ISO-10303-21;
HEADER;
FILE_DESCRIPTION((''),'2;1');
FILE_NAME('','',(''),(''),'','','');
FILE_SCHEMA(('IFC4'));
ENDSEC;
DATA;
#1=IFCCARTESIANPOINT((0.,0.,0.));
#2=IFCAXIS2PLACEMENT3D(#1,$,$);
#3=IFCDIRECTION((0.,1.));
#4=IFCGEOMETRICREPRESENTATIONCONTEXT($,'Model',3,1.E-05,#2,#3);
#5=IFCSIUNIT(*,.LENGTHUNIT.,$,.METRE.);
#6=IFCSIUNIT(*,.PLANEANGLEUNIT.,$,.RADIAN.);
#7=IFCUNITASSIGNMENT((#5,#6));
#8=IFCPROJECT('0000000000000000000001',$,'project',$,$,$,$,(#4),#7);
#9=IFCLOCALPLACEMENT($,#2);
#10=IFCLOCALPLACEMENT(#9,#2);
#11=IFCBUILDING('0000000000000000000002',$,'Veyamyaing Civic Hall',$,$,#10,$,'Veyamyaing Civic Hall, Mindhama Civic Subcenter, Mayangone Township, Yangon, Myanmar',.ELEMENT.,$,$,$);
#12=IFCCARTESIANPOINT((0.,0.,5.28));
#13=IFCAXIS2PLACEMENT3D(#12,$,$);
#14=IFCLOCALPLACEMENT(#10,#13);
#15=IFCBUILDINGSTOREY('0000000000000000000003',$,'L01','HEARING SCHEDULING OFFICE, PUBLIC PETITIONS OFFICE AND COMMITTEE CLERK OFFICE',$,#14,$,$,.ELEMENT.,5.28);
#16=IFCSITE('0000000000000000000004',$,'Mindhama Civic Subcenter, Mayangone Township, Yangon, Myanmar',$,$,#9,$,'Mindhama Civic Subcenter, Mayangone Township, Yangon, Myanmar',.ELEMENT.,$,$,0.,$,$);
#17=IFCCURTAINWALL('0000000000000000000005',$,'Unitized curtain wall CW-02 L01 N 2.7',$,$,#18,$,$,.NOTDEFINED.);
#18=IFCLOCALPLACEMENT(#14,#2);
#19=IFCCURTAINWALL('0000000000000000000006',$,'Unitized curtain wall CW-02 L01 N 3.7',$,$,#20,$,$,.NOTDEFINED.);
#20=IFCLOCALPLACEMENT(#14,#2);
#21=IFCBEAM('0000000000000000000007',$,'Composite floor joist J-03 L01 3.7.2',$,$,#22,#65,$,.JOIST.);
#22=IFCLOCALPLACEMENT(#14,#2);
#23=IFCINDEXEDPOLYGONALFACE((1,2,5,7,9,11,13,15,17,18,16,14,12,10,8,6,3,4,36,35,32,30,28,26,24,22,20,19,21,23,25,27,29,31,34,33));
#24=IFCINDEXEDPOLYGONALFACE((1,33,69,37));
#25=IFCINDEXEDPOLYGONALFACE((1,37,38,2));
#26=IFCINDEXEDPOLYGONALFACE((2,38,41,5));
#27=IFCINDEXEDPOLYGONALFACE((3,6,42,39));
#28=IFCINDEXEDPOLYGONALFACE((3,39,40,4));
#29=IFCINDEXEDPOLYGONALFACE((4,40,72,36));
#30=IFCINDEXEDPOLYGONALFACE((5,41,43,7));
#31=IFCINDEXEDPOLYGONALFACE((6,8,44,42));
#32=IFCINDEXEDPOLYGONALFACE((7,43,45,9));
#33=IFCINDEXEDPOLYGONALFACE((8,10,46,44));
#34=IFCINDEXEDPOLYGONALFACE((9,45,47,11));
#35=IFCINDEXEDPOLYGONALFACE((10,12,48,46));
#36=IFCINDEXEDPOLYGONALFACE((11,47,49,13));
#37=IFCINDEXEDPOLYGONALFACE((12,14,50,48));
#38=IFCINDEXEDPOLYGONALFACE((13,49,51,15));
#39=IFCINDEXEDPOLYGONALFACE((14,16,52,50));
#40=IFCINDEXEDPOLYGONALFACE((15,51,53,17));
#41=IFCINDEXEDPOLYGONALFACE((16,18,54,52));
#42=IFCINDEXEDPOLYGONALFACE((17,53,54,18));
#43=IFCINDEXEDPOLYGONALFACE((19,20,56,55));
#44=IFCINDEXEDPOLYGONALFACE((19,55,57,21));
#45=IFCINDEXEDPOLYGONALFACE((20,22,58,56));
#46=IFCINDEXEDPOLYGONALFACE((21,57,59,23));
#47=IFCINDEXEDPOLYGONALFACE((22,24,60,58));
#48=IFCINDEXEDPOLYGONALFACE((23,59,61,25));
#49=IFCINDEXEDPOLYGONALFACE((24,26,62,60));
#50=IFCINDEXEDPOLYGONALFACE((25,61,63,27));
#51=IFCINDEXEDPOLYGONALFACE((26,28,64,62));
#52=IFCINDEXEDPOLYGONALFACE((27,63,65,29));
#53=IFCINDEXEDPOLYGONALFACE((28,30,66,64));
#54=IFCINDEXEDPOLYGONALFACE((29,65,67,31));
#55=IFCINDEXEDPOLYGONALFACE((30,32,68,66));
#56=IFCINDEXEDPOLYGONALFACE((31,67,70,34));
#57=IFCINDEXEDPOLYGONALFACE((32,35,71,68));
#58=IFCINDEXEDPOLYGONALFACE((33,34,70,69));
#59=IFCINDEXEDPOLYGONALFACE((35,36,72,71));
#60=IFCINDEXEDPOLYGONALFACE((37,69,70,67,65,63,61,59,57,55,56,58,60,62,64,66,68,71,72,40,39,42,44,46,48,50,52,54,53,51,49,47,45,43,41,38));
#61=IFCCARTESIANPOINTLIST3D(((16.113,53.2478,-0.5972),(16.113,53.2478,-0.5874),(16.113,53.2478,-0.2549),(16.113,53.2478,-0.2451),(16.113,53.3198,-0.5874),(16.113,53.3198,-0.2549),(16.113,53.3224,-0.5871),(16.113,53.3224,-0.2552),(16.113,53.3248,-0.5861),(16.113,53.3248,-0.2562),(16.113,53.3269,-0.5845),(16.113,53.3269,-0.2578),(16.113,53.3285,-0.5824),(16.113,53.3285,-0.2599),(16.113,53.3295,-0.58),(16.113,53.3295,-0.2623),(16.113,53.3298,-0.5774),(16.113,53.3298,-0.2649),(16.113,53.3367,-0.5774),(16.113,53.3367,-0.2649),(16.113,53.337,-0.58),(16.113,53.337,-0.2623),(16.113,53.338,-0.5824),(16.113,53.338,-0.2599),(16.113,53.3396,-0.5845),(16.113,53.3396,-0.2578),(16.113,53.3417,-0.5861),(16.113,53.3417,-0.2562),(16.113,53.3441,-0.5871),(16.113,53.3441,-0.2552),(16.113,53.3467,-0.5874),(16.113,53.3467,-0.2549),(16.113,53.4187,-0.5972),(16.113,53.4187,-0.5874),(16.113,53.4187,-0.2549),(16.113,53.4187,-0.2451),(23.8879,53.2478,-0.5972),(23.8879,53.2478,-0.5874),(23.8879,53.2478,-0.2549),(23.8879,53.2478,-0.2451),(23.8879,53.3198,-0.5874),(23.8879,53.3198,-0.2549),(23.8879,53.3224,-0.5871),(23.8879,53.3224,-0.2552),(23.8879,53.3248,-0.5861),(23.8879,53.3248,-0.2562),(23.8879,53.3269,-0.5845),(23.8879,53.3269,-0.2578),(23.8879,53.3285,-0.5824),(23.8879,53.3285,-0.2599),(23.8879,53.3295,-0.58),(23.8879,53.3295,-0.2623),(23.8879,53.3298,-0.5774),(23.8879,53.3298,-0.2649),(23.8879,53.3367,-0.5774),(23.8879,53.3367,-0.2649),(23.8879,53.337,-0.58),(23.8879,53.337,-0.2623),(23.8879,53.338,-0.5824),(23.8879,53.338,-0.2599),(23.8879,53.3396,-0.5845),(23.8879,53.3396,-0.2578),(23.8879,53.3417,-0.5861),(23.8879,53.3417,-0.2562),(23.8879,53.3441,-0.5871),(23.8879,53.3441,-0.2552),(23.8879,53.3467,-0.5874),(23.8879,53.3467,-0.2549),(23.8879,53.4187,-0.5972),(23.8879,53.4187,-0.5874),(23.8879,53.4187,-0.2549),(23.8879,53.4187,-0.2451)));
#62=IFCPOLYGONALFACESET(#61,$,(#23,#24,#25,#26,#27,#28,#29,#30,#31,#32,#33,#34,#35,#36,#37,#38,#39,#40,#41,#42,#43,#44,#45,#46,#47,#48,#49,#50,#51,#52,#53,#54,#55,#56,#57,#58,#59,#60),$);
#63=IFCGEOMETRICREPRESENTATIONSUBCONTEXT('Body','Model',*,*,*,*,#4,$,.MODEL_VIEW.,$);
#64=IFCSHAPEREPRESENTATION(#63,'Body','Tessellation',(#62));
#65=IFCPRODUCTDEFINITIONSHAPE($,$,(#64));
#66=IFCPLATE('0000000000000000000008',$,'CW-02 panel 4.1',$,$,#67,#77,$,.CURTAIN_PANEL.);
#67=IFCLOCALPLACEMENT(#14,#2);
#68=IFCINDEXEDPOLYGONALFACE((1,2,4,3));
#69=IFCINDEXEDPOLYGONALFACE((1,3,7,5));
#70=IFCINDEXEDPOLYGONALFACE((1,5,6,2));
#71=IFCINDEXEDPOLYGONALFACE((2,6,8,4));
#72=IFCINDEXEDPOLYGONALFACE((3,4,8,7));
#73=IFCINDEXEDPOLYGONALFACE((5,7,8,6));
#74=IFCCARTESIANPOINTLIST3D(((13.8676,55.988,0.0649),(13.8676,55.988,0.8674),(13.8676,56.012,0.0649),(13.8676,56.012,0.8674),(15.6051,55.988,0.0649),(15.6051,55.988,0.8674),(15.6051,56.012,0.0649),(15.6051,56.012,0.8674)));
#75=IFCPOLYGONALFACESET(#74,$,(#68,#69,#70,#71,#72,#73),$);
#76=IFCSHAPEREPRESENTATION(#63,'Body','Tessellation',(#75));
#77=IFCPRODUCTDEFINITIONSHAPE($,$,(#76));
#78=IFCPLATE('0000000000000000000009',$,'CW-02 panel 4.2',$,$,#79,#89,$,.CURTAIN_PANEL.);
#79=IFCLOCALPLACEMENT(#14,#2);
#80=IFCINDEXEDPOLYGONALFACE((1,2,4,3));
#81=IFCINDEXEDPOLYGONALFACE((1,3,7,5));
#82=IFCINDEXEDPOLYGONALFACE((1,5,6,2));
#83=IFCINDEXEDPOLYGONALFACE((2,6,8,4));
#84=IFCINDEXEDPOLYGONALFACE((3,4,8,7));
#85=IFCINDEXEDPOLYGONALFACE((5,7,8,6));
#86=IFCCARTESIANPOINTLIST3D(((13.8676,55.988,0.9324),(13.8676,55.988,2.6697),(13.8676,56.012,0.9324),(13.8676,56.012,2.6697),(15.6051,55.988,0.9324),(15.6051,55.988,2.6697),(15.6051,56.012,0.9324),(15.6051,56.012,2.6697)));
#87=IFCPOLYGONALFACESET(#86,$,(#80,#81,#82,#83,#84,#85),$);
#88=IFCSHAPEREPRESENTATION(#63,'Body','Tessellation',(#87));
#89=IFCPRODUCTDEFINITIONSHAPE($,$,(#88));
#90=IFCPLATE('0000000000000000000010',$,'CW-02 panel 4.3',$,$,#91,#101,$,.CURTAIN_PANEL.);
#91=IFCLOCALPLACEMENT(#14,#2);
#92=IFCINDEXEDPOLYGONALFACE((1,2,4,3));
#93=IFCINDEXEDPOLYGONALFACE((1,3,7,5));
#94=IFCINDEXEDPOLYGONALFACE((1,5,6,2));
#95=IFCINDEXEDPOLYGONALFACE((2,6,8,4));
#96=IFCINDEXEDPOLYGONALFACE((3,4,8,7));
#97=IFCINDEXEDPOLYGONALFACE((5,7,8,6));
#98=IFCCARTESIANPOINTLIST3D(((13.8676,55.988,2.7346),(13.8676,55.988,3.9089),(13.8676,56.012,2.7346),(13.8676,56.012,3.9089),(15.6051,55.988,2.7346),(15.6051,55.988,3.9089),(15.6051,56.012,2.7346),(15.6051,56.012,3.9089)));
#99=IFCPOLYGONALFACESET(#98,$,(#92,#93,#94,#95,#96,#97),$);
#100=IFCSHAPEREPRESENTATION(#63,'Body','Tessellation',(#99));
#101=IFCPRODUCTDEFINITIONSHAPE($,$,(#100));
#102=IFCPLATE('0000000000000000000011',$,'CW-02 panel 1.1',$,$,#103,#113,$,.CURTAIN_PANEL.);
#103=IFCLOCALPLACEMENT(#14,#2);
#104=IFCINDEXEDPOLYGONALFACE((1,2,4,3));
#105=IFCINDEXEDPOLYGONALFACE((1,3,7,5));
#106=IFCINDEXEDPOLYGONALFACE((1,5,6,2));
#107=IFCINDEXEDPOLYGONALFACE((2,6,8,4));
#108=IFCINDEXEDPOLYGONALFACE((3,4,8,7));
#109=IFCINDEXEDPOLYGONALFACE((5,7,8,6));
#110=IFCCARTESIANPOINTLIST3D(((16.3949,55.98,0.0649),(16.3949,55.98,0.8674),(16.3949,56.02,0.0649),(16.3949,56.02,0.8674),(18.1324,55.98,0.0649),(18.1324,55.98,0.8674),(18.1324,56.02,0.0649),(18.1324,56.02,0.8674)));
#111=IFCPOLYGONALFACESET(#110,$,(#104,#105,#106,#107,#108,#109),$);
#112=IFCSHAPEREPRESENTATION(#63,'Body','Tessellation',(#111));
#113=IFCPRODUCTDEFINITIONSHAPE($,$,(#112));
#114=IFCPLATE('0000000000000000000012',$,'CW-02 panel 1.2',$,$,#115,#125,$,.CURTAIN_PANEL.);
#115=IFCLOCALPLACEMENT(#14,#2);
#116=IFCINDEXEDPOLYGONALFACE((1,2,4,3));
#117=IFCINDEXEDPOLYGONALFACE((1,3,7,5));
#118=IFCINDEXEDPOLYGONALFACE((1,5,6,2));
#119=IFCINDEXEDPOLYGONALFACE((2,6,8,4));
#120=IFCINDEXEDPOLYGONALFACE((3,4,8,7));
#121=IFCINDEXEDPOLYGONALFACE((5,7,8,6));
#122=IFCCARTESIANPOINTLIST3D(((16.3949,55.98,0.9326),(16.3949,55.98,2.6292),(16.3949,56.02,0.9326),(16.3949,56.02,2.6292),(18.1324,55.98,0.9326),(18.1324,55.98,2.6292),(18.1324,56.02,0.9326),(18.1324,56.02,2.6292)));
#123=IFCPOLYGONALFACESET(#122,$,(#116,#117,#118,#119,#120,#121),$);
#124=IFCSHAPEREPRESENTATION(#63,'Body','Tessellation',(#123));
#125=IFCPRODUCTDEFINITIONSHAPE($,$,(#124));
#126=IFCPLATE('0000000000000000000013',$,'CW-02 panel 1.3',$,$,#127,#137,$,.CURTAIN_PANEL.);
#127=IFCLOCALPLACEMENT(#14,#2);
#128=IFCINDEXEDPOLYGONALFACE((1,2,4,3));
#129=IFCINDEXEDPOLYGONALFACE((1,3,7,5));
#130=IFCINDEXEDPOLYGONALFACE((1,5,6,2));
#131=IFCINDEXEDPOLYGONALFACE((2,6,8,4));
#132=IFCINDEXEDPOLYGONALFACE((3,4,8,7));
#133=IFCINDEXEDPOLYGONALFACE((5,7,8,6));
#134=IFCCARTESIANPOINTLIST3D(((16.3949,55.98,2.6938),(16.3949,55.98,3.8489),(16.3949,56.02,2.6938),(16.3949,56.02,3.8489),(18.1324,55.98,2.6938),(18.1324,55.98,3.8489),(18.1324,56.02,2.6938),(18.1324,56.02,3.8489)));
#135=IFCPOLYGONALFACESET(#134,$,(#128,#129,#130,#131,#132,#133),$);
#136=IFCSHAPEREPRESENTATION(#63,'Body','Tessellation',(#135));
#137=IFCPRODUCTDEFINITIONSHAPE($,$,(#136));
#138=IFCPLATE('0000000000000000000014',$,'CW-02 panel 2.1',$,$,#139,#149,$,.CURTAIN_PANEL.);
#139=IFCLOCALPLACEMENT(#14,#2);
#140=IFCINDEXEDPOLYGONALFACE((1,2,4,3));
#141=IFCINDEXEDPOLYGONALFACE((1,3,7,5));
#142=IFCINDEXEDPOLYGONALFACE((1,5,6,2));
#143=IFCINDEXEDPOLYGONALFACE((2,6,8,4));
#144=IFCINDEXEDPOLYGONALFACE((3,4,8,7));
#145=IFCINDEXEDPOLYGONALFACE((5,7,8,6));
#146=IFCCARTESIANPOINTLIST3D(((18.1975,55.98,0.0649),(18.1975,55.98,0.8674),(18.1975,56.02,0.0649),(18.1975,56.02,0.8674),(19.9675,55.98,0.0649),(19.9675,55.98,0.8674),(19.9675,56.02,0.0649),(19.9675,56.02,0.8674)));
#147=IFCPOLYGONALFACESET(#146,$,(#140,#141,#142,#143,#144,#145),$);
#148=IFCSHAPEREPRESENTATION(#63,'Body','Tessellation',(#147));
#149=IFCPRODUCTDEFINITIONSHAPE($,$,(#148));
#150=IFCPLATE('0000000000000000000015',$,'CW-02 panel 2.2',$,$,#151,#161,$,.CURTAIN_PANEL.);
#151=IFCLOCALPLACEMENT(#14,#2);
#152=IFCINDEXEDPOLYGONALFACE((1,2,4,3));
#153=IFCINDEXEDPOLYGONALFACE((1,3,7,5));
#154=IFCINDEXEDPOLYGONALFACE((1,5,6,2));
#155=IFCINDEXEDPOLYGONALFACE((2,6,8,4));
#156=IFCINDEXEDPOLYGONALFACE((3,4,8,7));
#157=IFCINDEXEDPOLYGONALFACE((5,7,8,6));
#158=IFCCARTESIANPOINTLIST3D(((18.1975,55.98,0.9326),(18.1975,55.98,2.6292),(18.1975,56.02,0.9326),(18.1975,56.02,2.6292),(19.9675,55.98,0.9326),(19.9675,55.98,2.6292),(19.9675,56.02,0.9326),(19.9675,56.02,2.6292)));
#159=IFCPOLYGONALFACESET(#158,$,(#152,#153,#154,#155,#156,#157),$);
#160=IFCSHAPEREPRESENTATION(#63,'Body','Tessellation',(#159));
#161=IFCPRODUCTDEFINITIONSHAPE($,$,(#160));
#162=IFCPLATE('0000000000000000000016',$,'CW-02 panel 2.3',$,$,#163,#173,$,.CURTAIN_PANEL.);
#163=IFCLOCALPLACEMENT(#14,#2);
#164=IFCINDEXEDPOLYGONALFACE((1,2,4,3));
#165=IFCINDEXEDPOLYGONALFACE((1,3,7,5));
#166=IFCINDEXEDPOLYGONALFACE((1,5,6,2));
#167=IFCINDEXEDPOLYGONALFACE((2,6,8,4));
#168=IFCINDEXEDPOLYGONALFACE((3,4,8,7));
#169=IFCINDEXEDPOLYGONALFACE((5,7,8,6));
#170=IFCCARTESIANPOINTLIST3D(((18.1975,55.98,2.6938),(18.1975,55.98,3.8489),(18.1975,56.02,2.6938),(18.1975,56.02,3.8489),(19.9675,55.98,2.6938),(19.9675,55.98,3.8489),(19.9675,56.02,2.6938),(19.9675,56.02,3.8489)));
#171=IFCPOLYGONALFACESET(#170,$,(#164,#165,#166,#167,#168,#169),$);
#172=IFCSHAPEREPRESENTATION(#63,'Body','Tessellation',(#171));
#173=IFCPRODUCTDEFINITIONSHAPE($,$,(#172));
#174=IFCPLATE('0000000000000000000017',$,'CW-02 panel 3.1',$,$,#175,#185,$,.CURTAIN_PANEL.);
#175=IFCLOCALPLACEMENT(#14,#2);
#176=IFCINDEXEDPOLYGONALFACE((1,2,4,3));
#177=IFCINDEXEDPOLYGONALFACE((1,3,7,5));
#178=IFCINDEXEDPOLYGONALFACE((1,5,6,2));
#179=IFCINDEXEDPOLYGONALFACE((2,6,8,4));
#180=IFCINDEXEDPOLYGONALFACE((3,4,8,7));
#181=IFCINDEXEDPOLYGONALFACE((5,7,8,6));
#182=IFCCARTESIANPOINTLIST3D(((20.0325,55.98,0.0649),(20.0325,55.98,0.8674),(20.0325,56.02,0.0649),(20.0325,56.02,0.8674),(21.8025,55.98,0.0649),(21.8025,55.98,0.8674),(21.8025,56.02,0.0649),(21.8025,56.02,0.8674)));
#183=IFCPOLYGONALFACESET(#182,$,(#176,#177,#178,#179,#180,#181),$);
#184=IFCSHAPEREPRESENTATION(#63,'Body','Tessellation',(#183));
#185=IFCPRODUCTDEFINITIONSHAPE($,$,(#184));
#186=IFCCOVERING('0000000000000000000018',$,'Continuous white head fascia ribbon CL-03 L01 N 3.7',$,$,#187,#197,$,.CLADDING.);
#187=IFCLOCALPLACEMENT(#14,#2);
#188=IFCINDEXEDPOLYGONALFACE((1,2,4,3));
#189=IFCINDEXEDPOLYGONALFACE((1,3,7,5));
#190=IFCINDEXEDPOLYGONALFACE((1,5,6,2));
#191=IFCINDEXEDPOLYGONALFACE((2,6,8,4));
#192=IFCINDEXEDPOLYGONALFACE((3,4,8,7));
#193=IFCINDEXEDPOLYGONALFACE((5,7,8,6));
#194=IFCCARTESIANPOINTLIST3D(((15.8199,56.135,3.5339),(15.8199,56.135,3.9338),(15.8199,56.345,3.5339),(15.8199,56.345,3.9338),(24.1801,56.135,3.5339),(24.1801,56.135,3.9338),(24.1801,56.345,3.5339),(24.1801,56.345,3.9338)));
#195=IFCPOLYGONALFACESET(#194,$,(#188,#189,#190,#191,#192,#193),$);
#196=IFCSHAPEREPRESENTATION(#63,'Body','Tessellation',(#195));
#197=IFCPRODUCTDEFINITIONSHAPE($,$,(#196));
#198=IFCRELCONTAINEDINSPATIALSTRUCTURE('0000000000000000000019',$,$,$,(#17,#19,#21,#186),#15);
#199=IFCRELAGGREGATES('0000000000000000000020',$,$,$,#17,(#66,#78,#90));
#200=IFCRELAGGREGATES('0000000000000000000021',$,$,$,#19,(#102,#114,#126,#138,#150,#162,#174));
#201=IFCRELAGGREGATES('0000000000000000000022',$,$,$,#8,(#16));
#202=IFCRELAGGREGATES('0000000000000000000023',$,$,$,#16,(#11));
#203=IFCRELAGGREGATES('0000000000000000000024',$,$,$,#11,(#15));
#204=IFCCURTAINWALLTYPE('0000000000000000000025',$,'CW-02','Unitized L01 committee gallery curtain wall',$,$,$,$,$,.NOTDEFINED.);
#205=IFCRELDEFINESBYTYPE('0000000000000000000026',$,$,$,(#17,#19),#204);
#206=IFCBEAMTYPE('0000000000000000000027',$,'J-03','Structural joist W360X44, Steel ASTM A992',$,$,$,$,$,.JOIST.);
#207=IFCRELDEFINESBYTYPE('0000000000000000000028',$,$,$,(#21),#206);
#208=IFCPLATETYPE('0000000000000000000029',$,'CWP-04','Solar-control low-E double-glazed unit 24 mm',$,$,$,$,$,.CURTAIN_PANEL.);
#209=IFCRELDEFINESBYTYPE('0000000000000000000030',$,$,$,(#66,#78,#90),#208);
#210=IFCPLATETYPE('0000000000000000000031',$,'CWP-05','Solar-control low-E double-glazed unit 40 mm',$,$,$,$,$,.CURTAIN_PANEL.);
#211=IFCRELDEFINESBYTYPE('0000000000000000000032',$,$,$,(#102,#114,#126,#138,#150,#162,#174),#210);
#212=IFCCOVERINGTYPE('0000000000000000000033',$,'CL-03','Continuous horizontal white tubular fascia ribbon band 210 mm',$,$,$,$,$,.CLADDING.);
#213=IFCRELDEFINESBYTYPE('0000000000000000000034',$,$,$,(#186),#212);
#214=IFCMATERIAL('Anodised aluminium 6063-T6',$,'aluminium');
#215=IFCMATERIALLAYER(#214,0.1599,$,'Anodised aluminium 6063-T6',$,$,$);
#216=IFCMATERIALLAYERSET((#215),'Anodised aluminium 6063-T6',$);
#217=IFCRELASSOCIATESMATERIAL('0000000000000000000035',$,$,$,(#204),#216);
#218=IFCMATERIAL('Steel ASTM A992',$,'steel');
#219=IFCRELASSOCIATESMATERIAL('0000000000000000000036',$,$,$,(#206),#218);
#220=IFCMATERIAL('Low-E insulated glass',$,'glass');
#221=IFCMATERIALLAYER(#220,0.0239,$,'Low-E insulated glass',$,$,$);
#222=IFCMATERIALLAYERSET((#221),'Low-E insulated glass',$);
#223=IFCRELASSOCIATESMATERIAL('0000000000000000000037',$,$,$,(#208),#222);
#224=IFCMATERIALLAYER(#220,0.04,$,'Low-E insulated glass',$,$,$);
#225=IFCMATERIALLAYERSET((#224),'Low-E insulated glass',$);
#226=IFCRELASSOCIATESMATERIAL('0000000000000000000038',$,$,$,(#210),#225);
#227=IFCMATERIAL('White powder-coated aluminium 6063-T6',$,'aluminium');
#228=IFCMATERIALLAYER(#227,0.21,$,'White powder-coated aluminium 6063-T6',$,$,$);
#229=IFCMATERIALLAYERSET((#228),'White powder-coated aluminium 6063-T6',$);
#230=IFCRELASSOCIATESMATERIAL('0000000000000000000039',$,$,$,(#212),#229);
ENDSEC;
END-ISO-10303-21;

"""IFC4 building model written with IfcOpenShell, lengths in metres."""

from ifc_helpers import new_model, si_unit, direction, frame, origin, origin_2d, place, context, subcontext, project, spatial, rectangle, i_section, extrude, material, layer, layer_set, material_profile, profile_set, type_object, element, aggregate, save


model = new_model("IFC4")

# Units and contexts
model_context = context("Model", 3, precision=1e-05, world=origin(), true_north=direction((0.0, 1.0)))
body_context = subcontext(model_context, "Body", "Model", "MODEL_VIEW")
ifc_project = project(units=[si_unit("LENGTHUNIT", "METRE"), si_unit("PLANEANGLEUNIT", "RADIAN")], contexts=[model_context])

# Site, building, storey
site_placement = place(None, origin())
site = spatial("IfcSite", under=ifc_project, at=site_placement, Name="Mindhama Civic Subcenter, Mayangone Township, Yangon, Myanmar", LongName="Mindhama Civic Subcenter, Mayangone Township, Yangon, Myanmar", CompositionType="ELEMENT", RefElevation=0.0)
building_placement = place(site_placement, origin())
building = spatial("IfcBuilding", under=site, at=building_placement, Name="Veyamyaing Civic Hall", LongName="Veyamyaing Civic Hall, Mindhama Civic Subcenter, Mayangone Township, Yangon, Myanmar", CompositionType="ELEMENT")
storey_placement = place(building_placement, frame((0.0, 0.0, 5.28)))
storey = spatial("IfcBuildingStorey", under=building, at=storey_placement, Name="L01", Description="HEARING SCHEDULING OFFICE, PUBLIC PETITIONS OFFICE AND COMMITTEE CLERK OFFICE", CompositionType="ELEMENT", Elevation=5.28)

# Shared definitions
ifc_material_1 = material(Name="Steel ASTM A992", Category="steel")

# Curtain walls
ifc_material_2 = material(Name="Anodised aluminium 6063-T6", Category="aluminium")
ifc_layer_1 = layer(ifc_material_2, 0.1599, Name="Anodised aluminium 6063-T6")
ifc_layer_set_1 = layer_set([ifc_layer_1], Name="Anodised aluminium 6063-T6")
curtain_wall_type = type_object("IfcCurtainWallType", Name="CW-02", Description="Unitized L01 committee gallery curtain wall", PredefinedType="NOTDEFINED", material=ifc_layer_set_1)
curtain_wall_1_placement = place(storey_placement, origin())
curtain_wall_1 = element("IfcCurtainWall", 1, at=curtain_wall_1_placement, inside=storey, type_object=curtain_wall_type, Name="Unitized curtain wall CW-02 L01 N 2.7", PredefinedType="NOTDEFINED")
curtain_wall_2_placement = place(storey_placement, origin())
curtain_wall_2 = element("IfcCurtainWall", 2, at=curtain_wall_2_placement, inside=storey, type_object=curtain_wall_type, Name="Unitized curtain wall CW-02 L01 N 3.7", PredefinedType="NOTDEFINED")

# Beam
ifc_material_profile_1 = material_profile(ifc_material_1, i_section(OverallWidth=0.1709, OverallDepth=0.3521, WebThickness=0.0068, FlangeThickness=0.0098, FilletRadius=0.01, at=origin_2d()), Name="W360X44")
ifc_profile_set_1 = profile_set([ifc_material_profile_1], Name="Steel ASTM A992")
beam_type_1 = type_object("IfcBeamType", Name="J-03", Description="Structural joist W360X44, Steel ASTM A992", PredefinedType="JOIST", material=ifc_profile_set_1)
beam_placement = place(storey_placement, frame((16.113, 53.3333, -0.4211), z_axis=(1.0, 0.0, 0.0), x_axis=(0.0, 1.0, 0.0)))
element("IfcBeam", 3, at=beam_placement, inside=storey, type_object=beam_type_1, Name="Composite floor joist J-03 L01 3.7.2", PredefinedType="JOIST", context=body_context, shape_type="SweptSolid", body=[
    extrude(i_section(OverallWidth=0.1709, OverallDepth=0.3521, WebThickness=0.0068, FlangeThickness=0.0098, FilletRadius=0.01, at=origin_2d()), origin(), (0.0, 0.0, 1.0), 7.7749),
])

# Plates
ifc_material_3 = material(Name="Low-E insulated glass", Category="glass")
ifc_layer_2 = layer(ifc_material_3, 0.0239, Name="Low-E insulated glass")
ifc_layer_set_2 = layer_set([ifc_layer_2], Name="Low-E insulated glass")
plate_type_1 = type_object("IfcPlateType", Name="CWP-04", Description="Solar-control low-E double-glazed unit 24 mm", PredefinedType="CURTAIN_PANEL", material=ifc_layer_set_2)
plate_1_placement = place(storey_placement, frame((14.7363, 56.0, 0.0649), z_axis=(0.0, 0.0, 1.0), x_axis=(1.0, 0.0, 0.0)))
plate_1 = element("IfcPlate", 4, at=plate_1_placement, type_object=plate_type_1, Name="CW-02 panel 4.1", PredefinedType="CURTAIN_PANEL", context=body_context, shape_type="SweptSolid", body=[
    extrude(rectangle(XDim=1.7375, YDim=0.0239, at=origin_2d()), origin(), (0.0, 0.0, 1.0), 0.8025),
])
plate_2_placement = place(storey_placement, frame((14.7363, 56.0, 0.9324), z_axis=(0.0, 0.0, 1.0), x_axis=(1.0, 0.0, 0.0)))
plate_2 = element("IfcPlate", 5, at=plate_2_placement, type_object=plate_type_1, Name="CW-02 panel 4.2", PredefinedType="CURTAIN_PANEL", context=body_context, shape_type="SweptSolid", body=[
    extrude(rectangle(XDim=1.7375, YDim=0.0239, at=origin_2d()), origin(), (0.0, 0.0, 1.0), 1.7373),
])
plate_3_placement = place(storey_placement, frame((14.7363, 56.0, 2.7346), z_axis=(0.0, 0.0, 1.0), x_axis=(1.0, 0.0, 0.0)))
plate_3 = element("IfcPlate", 6, at=plate_3_placement, type_object=plate_type_1, Name="CW-02 panel 4.3", PredefinedType="CURTAIN_PANEL", context=body_context, shape_type="SweptSolid", body=[
    extrude(rectangle(XDim=1.7375, YDim=0.0239, at=origin_2d()), origin(), (0.0, 0.0, 1.0), 1.1743),
])
aggregate(curtain_wall_1, [plate_1, plate_2, plate_3])
ifc_layer_3 = layer(ifc_material_3, 0.04, Name="Low-E insulated glass")
ifc_layer_set_3 = layer_set([ifc_layer_3], Name="Low-E insulated glass")
plate_type_2 = type_object("IfcPlateType", Name="CWP-05", Description="Solar-control low-E double-glazed unit 40 mm", PredefinedType="CURTAIN_PANEL", material=ifc_layer_set_3)
plate_4_placement = place(storey_placement, frame((17.2637, 56.0, 0.0649), z_axis=(0.0, 0.0, 1.0), x_axis=(1.0, 0.0, 0.0)))
plate_4 = element("IfcPlate", 7, at=plate_4_placement, type_object=plate_type_2, Name="CW-02 panel 1.1", PredefinedType="CURTAIN_PANEL", context=body_context, shape_type="SweptSolid", body=[
    extrude(rectangle(XDim=1.7375, YDim=0.04, at=origin_2d()), origin(), (0.0, 0.0, 1.0), 0.8025),
])
plate_5_placement = place(storey_placement, frame((17.2637, 56.0, 0.9326), z_axis=(0.0, 0.0, 1.0), x_axis=(1.0, 0.0, 0.0)))
plate_5 = element("IfcPlate", 8, at=plate_5_placement, type_object=plate_type_2, Name="CW-02 panel 1.2", PredefinedType="CURTAIN_PANEL", context=body_context, shape_type="SweptSolid", body=[
    extrude(rectangle(XDim=1.7375, YDim=0.04, at=origin_2d()), origin(), (0.0, 0.0, 1.0), 1.6965),
])
plate_6_placement = place(storey_placement, frame((17.2637, 56.0, 2.6938), z_axis=(0.0, 0.0, 1.0), x_axis=(1.0, 0.0, 0.0)))
plate_6 = element("IfcPlate", 9, at=plate_6_placement, type_object=plate_type_2, Name="CW-02 panel 1.3", PredefinedType="CURTAIN_PANEL", context=body_context, shape_type="SweptSolid", body=[
    extrude(rectangle(XDim=1.7375, YDim=0.04, at=origin_2d()), origin(), (0.0, 0.0, 1.0), 1.155),
])
plate_7_placement = place(storey_placement, frame((19.0825, 56.0, 0.0649), z_axis=(0.0, 0.0, 1.0), x_axis=(1.0, 0.0, 0.0)))
plate_7 = element("IfcPlate", 10, at=plate_7_placement, type_object=plate_type_2, Name="CW-02 panel 2.1", PredefinedType="CURTAIN_PANEL", context=body_context, shape_type="SweptSolid", body=[
    extrude(rectangle(XDim=1.77, YDim=0.04, at=origin_2d()), origin(), (0.0, 0.0, 1.0), 0.8025),
])
plate_8_placement = place(storey_placement, frame((19.0825, 56.0, 0.9326), z_axis=(0.0, 0.0, 1.0), x_axis=(1.0, 0.0, 0.0)))
plate_8 = element("IfcPlate", 11, at=plate_8_placement, type_object=plate_type_2, Name="CW-02 panel 2.2", PredefinedType="CURTAIN_PANEL", context=body_context, shape_type="SweptSolid", body=[
    extrude(rectangle(XDim=1.77, YDim=0.04, at=origin_2d()), origin(), (0.0, 0.0, 1.0), 1.6965),
])
plate_9_placement = place(storey_placement, frame((19.0825, 56.0, 2.6938), z_axis=(0.0, 0.0, 1.0), x_axis=(1.0, 0.0, 0.0)))
plate_9 = element("IfcPlate", 12, at=plate_9_placement, type_object=plate_type_2, Name="CW-02 panel 2.3", PredefinedType="CURTAIN_PANEL", context=body_context, shape_type="SweptSolid", body=[
    extrude(rectangle(XDim=1.77, YDim=0.04, at=origin_2d()), origin(), (0.0, 0.0, 1.0), 1.155),
])
plate_10_placement = place(storey_placement, frame((20.9175, 56.0, 0.0649), z_axis=(0.0, 0.0, 1.0), x_axis=(1.0, 0.0, 0.0)))
plate_10 = element("IfcPlate", 13, at=plate_10_placement, type_object=plate_type_2, Name="CW-02 panel 3.1", PredefinedType="CURTAIN_PANEL", context=body_context, shape_type="SweptSolid", body=[
    extrude(rectangle(XDim=1.77, YDim=0.04, at=origin_2d()), origin(), (0.0, 0.0, 1.0), 0.8025),
])
aggregate(curtain_wall_2, [plate_4, plate_5, plate_6, plate_7, plate_8, plate_9, plate_10])

# Covering
ifc_material_4 = material(Name="White powder-coated aluminium 6063-T6", Category="aluminium")
ifc_layer_4 = layer(ifc_material_4, 0.21, Name="White powder-coated aluminium 6063-T6")
ifc_layer_set_4 = layer_set([ifc_layer_4], Name="White powder-coated aluminium 6063-T6")
covering_type = type_object("IfcCoveringType", Name="CL-03", Description="Continuous horizontal white tubular fascia ribbon band 210 mm", PredefinedType="CLADDING", material=ifc_layer_set_4)
for number, where, z_axis, x_axis, name in (
    (14, (20.0, 56.24, 3.5339), (0.0, 0.0, 1.0), (1.0, 0.0, 0.0), "Continuous white head fascia ribbon CL-03 L01 N 3.7"),
):
    element("IfcCovering", number, at=place(storey_placement, frame(where, z_axis=z_axis, x_axis=x_axis)), inside=storey, type_object=covering_type, Name=name, PredefinedType="CLADDING", context=body_context, shape_type="SweptSolid", body=[
        extrude(rectangle(XDim=8.3601, YDim=0.21, at=origin_2d()), origin(), (0.0, 0.0, 1.0), 0.3999),
    ])

save(model, "model.ifc")
